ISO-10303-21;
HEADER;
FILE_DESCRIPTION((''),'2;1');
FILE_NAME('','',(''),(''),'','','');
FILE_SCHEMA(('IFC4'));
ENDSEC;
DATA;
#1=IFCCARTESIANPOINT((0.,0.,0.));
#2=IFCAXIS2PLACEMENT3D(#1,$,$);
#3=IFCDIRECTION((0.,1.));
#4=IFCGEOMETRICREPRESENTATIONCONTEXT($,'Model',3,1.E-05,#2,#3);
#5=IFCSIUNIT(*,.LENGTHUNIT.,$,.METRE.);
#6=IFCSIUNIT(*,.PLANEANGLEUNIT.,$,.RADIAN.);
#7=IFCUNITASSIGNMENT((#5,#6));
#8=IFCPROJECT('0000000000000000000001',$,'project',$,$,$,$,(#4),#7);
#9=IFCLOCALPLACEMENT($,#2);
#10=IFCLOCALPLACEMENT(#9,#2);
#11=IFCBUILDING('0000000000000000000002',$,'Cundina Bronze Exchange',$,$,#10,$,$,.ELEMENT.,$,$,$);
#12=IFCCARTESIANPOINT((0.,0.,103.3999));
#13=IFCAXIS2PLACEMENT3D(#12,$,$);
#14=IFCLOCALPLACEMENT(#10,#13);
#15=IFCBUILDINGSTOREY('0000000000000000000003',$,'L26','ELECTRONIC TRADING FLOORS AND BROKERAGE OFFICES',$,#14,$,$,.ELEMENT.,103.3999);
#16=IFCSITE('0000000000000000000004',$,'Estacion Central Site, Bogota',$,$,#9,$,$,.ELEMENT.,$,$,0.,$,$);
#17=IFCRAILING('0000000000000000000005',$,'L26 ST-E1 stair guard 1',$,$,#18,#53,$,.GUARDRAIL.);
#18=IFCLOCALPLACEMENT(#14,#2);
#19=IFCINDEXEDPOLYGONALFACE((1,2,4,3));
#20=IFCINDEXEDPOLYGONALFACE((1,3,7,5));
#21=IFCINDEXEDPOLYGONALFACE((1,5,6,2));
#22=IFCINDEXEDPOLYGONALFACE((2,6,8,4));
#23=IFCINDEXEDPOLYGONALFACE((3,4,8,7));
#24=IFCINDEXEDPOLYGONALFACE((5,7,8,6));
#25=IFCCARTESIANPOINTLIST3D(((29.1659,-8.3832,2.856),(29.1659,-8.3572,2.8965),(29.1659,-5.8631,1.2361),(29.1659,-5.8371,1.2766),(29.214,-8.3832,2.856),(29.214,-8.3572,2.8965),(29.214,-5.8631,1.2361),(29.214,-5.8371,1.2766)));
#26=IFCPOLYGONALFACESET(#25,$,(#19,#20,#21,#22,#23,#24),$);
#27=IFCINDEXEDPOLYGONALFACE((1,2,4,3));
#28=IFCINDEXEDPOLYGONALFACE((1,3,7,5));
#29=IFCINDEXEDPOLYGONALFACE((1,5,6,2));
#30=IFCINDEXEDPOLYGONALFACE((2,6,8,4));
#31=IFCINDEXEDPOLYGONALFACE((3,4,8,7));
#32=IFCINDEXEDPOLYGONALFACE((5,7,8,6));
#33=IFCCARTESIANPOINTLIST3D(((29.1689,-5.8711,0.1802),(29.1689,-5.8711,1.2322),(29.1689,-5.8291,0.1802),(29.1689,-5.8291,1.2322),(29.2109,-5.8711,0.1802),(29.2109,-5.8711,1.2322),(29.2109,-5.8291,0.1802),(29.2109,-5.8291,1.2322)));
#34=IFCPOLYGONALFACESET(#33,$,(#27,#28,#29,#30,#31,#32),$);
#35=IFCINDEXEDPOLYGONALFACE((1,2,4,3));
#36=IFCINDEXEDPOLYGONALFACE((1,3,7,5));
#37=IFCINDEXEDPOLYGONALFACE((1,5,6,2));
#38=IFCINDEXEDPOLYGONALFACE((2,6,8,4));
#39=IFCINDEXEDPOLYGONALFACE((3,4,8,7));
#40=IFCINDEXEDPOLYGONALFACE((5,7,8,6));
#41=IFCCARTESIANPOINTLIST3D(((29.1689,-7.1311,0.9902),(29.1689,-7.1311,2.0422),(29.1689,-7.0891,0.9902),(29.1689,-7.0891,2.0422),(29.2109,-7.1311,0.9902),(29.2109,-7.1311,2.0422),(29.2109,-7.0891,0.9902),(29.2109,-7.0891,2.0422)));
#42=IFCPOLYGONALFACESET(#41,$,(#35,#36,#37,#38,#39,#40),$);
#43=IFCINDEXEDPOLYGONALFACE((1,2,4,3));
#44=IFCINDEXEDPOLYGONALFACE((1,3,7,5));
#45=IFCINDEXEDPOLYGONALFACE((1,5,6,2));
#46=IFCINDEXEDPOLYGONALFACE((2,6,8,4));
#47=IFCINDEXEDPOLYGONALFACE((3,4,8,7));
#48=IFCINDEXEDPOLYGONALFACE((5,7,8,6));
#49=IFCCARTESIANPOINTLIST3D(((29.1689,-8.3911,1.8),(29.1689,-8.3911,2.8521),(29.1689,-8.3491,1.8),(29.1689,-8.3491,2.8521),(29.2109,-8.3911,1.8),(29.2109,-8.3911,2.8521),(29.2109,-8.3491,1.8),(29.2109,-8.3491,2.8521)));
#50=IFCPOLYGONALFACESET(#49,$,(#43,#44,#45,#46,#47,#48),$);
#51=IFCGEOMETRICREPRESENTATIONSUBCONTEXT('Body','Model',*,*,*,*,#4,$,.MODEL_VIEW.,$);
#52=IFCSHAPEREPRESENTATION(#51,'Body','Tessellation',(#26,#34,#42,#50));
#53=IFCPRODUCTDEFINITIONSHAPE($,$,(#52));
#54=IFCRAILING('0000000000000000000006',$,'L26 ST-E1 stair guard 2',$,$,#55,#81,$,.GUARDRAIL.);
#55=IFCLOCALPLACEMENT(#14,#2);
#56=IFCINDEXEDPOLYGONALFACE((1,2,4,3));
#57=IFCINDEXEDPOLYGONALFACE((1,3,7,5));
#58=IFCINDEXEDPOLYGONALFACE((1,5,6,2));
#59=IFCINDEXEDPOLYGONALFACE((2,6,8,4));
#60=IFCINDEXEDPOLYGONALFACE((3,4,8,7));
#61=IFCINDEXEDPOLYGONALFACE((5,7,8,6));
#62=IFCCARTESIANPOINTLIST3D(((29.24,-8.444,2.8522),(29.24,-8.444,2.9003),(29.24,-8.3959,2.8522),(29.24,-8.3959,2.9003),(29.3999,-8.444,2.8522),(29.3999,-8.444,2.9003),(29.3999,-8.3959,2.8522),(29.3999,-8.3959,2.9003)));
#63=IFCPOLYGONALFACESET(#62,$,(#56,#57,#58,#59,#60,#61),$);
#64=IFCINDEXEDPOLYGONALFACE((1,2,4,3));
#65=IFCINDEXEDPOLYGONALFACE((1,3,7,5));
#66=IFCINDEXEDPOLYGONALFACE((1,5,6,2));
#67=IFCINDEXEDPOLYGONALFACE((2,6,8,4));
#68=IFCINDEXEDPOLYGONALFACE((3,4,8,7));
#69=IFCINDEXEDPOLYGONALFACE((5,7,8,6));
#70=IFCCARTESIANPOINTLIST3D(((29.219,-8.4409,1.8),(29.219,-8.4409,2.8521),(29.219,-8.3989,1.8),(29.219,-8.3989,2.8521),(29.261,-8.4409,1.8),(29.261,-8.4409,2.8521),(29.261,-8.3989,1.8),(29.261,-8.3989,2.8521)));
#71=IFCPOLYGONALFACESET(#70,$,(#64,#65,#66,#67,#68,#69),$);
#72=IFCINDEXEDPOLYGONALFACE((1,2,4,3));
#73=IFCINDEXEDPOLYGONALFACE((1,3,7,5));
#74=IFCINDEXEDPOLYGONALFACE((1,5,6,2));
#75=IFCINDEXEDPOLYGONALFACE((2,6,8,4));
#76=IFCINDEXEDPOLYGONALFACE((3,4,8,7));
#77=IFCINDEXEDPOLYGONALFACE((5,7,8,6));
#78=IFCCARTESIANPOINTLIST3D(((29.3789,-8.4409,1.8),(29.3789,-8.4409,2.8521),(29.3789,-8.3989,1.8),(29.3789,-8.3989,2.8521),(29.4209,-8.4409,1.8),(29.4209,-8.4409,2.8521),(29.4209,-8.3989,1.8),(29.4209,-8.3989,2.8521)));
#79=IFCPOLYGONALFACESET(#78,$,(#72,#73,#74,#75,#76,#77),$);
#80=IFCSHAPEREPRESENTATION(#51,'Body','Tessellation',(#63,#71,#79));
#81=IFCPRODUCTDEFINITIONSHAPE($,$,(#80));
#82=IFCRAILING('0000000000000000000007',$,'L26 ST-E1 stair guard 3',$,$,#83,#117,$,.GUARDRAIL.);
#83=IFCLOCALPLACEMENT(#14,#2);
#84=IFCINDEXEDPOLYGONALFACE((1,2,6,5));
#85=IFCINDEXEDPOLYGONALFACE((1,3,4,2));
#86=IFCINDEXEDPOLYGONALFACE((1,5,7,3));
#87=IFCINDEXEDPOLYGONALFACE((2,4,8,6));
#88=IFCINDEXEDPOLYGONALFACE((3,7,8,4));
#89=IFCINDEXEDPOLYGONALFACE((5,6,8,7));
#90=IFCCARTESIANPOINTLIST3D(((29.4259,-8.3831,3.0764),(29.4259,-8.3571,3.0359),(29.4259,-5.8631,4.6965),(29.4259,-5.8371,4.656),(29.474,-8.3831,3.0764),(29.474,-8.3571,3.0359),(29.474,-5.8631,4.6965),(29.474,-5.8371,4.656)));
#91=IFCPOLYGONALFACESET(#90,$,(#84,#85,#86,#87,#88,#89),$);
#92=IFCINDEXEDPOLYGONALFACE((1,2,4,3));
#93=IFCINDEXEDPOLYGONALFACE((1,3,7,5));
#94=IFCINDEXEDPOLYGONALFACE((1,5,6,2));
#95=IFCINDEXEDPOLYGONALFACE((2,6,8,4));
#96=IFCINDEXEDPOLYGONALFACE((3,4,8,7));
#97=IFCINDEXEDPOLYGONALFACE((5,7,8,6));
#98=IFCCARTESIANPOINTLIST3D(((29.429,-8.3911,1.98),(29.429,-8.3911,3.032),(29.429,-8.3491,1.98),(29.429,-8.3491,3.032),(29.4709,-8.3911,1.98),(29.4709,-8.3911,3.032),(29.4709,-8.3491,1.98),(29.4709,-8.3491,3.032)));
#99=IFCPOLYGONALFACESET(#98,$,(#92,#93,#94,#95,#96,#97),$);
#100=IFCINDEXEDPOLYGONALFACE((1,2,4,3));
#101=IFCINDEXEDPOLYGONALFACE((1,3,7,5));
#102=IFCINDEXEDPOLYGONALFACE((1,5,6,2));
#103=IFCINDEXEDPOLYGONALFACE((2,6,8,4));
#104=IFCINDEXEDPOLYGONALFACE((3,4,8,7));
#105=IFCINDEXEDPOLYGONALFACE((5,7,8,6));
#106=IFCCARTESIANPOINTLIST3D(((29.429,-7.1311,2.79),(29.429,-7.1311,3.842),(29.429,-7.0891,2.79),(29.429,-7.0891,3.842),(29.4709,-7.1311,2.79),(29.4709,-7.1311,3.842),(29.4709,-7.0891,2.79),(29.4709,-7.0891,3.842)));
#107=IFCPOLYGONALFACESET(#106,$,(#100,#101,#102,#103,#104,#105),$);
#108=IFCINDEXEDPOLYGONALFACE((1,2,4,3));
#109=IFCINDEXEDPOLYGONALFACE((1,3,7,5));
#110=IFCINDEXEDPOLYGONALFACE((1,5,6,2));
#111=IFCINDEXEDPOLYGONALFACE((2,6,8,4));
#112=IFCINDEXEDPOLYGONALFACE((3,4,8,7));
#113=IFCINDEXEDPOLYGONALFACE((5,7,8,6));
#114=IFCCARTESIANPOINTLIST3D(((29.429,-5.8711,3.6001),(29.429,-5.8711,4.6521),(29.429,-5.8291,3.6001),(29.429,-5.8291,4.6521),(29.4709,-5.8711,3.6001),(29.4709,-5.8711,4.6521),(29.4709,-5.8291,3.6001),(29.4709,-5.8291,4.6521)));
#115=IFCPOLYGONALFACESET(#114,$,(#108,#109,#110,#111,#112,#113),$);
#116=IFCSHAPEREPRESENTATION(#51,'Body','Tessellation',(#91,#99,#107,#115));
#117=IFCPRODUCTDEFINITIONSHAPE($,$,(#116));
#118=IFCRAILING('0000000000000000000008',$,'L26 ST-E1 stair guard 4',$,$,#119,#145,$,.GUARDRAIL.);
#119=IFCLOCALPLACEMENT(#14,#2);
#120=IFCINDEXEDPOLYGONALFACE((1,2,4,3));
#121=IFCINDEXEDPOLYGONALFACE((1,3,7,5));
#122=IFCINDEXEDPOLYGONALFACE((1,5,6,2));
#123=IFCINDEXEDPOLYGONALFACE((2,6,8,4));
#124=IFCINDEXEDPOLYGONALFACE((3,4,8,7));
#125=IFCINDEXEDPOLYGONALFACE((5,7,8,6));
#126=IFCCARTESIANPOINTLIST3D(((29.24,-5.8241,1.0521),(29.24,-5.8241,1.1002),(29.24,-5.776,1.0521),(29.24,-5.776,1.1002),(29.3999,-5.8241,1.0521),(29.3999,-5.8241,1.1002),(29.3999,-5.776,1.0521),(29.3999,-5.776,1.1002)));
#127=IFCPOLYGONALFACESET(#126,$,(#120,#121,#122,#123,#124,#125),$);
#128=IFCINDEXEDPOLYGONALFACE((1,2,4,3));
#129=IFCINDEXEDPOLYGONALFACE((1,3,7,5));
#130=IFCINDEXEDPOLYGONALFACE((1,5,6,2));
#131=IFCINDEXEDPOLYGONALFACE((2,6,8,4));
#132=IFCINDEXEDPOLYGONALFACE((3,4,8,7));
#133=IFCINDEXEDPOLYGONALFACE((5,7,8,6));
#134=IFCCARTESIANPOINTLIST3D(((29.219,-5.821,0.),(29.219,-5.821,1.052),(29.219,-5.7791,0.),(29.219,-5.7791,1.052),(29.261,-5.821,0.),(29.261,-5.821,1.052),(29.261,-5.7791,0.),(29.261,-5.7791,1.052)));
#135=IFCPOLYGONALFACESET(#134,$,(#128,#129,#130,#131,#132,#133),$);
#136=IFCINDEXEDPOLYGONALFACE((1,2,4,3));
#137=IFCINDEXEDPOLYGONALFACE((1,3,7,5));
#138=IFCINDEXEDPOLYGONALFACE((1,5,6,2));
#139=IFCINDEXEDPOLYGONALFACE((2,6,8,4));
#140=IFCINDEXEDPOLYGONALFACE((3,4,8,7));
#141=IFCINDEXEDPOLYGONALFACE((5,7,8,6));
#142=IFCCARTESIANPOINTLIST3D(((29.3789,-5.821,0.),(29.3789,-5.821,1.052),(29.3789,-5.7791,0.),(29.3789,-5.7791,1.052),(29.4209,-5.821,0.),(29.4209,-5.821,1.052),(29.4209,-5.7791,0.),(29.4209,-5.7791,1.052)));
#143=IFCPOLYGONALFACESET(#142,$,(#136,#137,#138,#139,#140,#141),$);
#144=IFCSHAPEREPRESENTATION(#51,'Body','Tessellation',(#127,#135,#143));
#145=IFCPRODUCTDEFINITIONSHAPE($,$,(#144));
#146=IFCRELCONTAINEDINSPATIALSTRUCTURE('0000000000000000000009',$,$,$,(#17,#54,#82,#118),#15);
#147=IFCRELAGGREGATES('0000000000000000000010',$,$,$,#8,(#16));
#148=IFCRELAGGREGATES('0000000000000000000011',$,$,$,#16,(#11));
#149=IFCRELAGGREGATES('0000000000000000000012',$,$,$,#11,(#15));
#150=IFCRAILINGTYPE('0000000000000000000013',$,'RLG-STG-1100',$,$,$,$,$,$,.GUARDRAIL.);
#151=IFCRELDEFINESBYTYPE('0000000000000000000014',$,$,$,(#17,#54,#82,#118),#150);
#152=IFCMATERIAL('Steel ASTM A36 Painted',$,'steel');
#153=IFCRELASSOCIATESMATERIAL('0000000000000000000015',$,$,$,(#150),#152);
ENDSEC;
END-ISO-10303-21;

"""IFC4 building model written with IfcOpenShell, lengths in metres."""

from ifc_helpers import new_model, si_unit, direction, frame, origin, origin_2d, place, context, subcontext, project, spatial, rectangle, extrude, material, type_object, element, save


model = new_model("IFC4")

# Units and contexts
model_context = context("Model", 3, precision=1e-05, world=origin(), true_north=direction((0.0, 1.0)))
body_context = subcontext(model_context, "Body", "Model", "MODEL_VIEW")
ifc_project = project(units=[si_unit("LENGTHUNIT", "METRE"), si_unit("PLANEANGLEUNIT", "RADIAN")], contexts=[model_context])

# Site, building, storey
site_placement = place(None, origin())
site = spatial("IfcSite", under=ifc_project, at=site_placement, Name="Estacion Central Site, Bogota", CompositionType="ELEMENT", RefElevation=0.0)
building_placement = place(site_placement, origin())
building = spatial("IfcBuilding", under=site, at=building_placement, Name="Cundina Bronze Exchange", CompositionType="ELEMENT")
storey_placement = place(building_placement, frame((0.0, 0.0, 103.3999)))
storey = spatial("IfcBuildingStorey", under=building, at=storey_placement, Name="L26", Description="ELECTRONIC TRADING FLOORS AND BROKERAGE OFFICES", CompositionType="ELEMENT", Elevation=103.3999)

# Railings
ifc_material_1 = material(Name="Steel ASTM A36 Painted", Category="steel")
railing_type_1 = type_object("IfcRailingType", Name="RLG-STG-1100", PredefinedType="GUARDRAIL", material=ifc_material_1)
railing_1_placement = place(storey_placement, frame((29.1899, -5.8501, 0.1802)))
element("IfcRailing", 1, at=railing_1_placement, inside=storey, type_object=railing_type_1, Name="L26 ST-E1 stair guard 1", PredefinedType="GUARDRAIL", context=body_context, shape_type="SweptSolid", body=[
    extrude(rectangle(XDim=0.0481, YDim=0.0481, at=origin_2d()), frame((0.0, 0.0, 1.0762), z_axis=(0.0, -0.8412, 0.540725), x_axis=(1.0, 0.0, 0.0)), (0.0, 0.0, 1.0), 2.9958),
    extrude(rectangle(XDim=0.042, YDim=0.042, at=origin_2d()), origin(), (0.0, 0.0, 1.0), 1.052),
    extrude(rectangle(XDim=0.042, YDim=0.042, at=origin_2d()), frame((0.0, -1.26, 0.8101)), (0.0, 0.0, 1.0), 1.052),
    extrude(rectangle(XDim=0.042, YDim=0.042, at=origin_2d()), frame((0.0, -2.52, 1.6199)), (0.0, 0.0, 1.0), 1.052),
])
railing_2_placement = place(storey_placement, frame((29.24, -8.4199, 1.8)))
element("IfcRailing", 2, at=railing_2_placement, inside=storey, type_object=railing_type_1, Name="L26 ST-E1 stair guard 2", PredefinedType="GUARDRAIL", context=body_context, shape_type="SweptSolid", body=[
    extrude(rectangle(XDim=0.0481, YDim=0.0481, at=origin_2d()), frame((0.0, 0.0, 1.0762), z_axis=(1.0, 0.0, 0.0), x_axis=(0.0, 1.0, 0.0)), (0.0, 0.0, 1.0), 0.1599),
    extrude(rectangle(XDim=0.042, YDim=0.042, at=origin_2d()), origin(), (0.0, 0.0, 1.0), 1.052),
    extrude(rectangle(XDim=0.042, YDim=0.042, at=origin_2d()), frame((0.1599, 0.0, 0.0)), (0.0, 0.0, 1.0), 1.052),
])
railing_3_placement = place(storey_placement, frame((29.45, -8.3701, 1.98)))
element("IfcRailing", 3, at=railing_3_placement, inside=storey, type_object=railing_type_1, Name="L26 ST-E1 stair guard 3", PredefinedType="GUARDRAIL", context=body_context, shape_type="SweptSolid", body=[
    extrude(rectangle(XDim=0.0481, YDim=0.0481, at=origin_2d()), frame((0.0, 0.0, 1.0762), z_axis=(0.0, 0.841163, 0.540782), x_axis=(-1.0, 0.0, 0.0)), (0.0, 0.0, 1.0), 2.9958),
    extrude(rectangle(XDim=0.042, YDim=0.042, at=origin_2d()), origin(), (0.0, 0.0, 1.0), 1.052),
    extrude(rectangle(XDim=0.042, YDim=0.042, at=origin_2d()), frame((0.0, 1.26, 0.8101)), (0.0, 0.0, 1.0), 1.052),
    extrude(rectangle(XDim=0.042, YDim=0.042, at=origin_2d()), frame((0.0, 2.52, 1.6201)), (0.0, 0.0, 1.0), 1.052),
])
railing_4_placement = place(storey_placement, frame((29.24, -5.8, 0.0)))
element("IfcRailing", 4, at=railing_4_placement, inside=storey, type_object=railing_type_1, Name="L26 ST-E1 stair guard 4", PredefinedType="GUARDRAIL", context=body_context, shape_type="SweptSolid", body=[
    extrude(rectangle(XDim=0.0481, YDim=0.0481, at=origin_2d()), frame((0.0, 0.0, 1.0762), z_axis=(1.0, 0.0, 0.0), x_axis=(0.0, 1.0, 0.0)), (0.0, 0.0, 1.0), 0.1599),
    extrude(rectangle(XDim=0.042, YDim=0.042, at=origin_2d()), origin(), (0.0, 0.0, 1.0), 1.052),
    extrude(rectangle(XDim=0.042, YDim=0.042, at=origin_2d()), frame((0.1599, 0.0, 0.0)), (0.0, 0.0, 1.0), 1.052),
])

save(model, "model.ifc")
